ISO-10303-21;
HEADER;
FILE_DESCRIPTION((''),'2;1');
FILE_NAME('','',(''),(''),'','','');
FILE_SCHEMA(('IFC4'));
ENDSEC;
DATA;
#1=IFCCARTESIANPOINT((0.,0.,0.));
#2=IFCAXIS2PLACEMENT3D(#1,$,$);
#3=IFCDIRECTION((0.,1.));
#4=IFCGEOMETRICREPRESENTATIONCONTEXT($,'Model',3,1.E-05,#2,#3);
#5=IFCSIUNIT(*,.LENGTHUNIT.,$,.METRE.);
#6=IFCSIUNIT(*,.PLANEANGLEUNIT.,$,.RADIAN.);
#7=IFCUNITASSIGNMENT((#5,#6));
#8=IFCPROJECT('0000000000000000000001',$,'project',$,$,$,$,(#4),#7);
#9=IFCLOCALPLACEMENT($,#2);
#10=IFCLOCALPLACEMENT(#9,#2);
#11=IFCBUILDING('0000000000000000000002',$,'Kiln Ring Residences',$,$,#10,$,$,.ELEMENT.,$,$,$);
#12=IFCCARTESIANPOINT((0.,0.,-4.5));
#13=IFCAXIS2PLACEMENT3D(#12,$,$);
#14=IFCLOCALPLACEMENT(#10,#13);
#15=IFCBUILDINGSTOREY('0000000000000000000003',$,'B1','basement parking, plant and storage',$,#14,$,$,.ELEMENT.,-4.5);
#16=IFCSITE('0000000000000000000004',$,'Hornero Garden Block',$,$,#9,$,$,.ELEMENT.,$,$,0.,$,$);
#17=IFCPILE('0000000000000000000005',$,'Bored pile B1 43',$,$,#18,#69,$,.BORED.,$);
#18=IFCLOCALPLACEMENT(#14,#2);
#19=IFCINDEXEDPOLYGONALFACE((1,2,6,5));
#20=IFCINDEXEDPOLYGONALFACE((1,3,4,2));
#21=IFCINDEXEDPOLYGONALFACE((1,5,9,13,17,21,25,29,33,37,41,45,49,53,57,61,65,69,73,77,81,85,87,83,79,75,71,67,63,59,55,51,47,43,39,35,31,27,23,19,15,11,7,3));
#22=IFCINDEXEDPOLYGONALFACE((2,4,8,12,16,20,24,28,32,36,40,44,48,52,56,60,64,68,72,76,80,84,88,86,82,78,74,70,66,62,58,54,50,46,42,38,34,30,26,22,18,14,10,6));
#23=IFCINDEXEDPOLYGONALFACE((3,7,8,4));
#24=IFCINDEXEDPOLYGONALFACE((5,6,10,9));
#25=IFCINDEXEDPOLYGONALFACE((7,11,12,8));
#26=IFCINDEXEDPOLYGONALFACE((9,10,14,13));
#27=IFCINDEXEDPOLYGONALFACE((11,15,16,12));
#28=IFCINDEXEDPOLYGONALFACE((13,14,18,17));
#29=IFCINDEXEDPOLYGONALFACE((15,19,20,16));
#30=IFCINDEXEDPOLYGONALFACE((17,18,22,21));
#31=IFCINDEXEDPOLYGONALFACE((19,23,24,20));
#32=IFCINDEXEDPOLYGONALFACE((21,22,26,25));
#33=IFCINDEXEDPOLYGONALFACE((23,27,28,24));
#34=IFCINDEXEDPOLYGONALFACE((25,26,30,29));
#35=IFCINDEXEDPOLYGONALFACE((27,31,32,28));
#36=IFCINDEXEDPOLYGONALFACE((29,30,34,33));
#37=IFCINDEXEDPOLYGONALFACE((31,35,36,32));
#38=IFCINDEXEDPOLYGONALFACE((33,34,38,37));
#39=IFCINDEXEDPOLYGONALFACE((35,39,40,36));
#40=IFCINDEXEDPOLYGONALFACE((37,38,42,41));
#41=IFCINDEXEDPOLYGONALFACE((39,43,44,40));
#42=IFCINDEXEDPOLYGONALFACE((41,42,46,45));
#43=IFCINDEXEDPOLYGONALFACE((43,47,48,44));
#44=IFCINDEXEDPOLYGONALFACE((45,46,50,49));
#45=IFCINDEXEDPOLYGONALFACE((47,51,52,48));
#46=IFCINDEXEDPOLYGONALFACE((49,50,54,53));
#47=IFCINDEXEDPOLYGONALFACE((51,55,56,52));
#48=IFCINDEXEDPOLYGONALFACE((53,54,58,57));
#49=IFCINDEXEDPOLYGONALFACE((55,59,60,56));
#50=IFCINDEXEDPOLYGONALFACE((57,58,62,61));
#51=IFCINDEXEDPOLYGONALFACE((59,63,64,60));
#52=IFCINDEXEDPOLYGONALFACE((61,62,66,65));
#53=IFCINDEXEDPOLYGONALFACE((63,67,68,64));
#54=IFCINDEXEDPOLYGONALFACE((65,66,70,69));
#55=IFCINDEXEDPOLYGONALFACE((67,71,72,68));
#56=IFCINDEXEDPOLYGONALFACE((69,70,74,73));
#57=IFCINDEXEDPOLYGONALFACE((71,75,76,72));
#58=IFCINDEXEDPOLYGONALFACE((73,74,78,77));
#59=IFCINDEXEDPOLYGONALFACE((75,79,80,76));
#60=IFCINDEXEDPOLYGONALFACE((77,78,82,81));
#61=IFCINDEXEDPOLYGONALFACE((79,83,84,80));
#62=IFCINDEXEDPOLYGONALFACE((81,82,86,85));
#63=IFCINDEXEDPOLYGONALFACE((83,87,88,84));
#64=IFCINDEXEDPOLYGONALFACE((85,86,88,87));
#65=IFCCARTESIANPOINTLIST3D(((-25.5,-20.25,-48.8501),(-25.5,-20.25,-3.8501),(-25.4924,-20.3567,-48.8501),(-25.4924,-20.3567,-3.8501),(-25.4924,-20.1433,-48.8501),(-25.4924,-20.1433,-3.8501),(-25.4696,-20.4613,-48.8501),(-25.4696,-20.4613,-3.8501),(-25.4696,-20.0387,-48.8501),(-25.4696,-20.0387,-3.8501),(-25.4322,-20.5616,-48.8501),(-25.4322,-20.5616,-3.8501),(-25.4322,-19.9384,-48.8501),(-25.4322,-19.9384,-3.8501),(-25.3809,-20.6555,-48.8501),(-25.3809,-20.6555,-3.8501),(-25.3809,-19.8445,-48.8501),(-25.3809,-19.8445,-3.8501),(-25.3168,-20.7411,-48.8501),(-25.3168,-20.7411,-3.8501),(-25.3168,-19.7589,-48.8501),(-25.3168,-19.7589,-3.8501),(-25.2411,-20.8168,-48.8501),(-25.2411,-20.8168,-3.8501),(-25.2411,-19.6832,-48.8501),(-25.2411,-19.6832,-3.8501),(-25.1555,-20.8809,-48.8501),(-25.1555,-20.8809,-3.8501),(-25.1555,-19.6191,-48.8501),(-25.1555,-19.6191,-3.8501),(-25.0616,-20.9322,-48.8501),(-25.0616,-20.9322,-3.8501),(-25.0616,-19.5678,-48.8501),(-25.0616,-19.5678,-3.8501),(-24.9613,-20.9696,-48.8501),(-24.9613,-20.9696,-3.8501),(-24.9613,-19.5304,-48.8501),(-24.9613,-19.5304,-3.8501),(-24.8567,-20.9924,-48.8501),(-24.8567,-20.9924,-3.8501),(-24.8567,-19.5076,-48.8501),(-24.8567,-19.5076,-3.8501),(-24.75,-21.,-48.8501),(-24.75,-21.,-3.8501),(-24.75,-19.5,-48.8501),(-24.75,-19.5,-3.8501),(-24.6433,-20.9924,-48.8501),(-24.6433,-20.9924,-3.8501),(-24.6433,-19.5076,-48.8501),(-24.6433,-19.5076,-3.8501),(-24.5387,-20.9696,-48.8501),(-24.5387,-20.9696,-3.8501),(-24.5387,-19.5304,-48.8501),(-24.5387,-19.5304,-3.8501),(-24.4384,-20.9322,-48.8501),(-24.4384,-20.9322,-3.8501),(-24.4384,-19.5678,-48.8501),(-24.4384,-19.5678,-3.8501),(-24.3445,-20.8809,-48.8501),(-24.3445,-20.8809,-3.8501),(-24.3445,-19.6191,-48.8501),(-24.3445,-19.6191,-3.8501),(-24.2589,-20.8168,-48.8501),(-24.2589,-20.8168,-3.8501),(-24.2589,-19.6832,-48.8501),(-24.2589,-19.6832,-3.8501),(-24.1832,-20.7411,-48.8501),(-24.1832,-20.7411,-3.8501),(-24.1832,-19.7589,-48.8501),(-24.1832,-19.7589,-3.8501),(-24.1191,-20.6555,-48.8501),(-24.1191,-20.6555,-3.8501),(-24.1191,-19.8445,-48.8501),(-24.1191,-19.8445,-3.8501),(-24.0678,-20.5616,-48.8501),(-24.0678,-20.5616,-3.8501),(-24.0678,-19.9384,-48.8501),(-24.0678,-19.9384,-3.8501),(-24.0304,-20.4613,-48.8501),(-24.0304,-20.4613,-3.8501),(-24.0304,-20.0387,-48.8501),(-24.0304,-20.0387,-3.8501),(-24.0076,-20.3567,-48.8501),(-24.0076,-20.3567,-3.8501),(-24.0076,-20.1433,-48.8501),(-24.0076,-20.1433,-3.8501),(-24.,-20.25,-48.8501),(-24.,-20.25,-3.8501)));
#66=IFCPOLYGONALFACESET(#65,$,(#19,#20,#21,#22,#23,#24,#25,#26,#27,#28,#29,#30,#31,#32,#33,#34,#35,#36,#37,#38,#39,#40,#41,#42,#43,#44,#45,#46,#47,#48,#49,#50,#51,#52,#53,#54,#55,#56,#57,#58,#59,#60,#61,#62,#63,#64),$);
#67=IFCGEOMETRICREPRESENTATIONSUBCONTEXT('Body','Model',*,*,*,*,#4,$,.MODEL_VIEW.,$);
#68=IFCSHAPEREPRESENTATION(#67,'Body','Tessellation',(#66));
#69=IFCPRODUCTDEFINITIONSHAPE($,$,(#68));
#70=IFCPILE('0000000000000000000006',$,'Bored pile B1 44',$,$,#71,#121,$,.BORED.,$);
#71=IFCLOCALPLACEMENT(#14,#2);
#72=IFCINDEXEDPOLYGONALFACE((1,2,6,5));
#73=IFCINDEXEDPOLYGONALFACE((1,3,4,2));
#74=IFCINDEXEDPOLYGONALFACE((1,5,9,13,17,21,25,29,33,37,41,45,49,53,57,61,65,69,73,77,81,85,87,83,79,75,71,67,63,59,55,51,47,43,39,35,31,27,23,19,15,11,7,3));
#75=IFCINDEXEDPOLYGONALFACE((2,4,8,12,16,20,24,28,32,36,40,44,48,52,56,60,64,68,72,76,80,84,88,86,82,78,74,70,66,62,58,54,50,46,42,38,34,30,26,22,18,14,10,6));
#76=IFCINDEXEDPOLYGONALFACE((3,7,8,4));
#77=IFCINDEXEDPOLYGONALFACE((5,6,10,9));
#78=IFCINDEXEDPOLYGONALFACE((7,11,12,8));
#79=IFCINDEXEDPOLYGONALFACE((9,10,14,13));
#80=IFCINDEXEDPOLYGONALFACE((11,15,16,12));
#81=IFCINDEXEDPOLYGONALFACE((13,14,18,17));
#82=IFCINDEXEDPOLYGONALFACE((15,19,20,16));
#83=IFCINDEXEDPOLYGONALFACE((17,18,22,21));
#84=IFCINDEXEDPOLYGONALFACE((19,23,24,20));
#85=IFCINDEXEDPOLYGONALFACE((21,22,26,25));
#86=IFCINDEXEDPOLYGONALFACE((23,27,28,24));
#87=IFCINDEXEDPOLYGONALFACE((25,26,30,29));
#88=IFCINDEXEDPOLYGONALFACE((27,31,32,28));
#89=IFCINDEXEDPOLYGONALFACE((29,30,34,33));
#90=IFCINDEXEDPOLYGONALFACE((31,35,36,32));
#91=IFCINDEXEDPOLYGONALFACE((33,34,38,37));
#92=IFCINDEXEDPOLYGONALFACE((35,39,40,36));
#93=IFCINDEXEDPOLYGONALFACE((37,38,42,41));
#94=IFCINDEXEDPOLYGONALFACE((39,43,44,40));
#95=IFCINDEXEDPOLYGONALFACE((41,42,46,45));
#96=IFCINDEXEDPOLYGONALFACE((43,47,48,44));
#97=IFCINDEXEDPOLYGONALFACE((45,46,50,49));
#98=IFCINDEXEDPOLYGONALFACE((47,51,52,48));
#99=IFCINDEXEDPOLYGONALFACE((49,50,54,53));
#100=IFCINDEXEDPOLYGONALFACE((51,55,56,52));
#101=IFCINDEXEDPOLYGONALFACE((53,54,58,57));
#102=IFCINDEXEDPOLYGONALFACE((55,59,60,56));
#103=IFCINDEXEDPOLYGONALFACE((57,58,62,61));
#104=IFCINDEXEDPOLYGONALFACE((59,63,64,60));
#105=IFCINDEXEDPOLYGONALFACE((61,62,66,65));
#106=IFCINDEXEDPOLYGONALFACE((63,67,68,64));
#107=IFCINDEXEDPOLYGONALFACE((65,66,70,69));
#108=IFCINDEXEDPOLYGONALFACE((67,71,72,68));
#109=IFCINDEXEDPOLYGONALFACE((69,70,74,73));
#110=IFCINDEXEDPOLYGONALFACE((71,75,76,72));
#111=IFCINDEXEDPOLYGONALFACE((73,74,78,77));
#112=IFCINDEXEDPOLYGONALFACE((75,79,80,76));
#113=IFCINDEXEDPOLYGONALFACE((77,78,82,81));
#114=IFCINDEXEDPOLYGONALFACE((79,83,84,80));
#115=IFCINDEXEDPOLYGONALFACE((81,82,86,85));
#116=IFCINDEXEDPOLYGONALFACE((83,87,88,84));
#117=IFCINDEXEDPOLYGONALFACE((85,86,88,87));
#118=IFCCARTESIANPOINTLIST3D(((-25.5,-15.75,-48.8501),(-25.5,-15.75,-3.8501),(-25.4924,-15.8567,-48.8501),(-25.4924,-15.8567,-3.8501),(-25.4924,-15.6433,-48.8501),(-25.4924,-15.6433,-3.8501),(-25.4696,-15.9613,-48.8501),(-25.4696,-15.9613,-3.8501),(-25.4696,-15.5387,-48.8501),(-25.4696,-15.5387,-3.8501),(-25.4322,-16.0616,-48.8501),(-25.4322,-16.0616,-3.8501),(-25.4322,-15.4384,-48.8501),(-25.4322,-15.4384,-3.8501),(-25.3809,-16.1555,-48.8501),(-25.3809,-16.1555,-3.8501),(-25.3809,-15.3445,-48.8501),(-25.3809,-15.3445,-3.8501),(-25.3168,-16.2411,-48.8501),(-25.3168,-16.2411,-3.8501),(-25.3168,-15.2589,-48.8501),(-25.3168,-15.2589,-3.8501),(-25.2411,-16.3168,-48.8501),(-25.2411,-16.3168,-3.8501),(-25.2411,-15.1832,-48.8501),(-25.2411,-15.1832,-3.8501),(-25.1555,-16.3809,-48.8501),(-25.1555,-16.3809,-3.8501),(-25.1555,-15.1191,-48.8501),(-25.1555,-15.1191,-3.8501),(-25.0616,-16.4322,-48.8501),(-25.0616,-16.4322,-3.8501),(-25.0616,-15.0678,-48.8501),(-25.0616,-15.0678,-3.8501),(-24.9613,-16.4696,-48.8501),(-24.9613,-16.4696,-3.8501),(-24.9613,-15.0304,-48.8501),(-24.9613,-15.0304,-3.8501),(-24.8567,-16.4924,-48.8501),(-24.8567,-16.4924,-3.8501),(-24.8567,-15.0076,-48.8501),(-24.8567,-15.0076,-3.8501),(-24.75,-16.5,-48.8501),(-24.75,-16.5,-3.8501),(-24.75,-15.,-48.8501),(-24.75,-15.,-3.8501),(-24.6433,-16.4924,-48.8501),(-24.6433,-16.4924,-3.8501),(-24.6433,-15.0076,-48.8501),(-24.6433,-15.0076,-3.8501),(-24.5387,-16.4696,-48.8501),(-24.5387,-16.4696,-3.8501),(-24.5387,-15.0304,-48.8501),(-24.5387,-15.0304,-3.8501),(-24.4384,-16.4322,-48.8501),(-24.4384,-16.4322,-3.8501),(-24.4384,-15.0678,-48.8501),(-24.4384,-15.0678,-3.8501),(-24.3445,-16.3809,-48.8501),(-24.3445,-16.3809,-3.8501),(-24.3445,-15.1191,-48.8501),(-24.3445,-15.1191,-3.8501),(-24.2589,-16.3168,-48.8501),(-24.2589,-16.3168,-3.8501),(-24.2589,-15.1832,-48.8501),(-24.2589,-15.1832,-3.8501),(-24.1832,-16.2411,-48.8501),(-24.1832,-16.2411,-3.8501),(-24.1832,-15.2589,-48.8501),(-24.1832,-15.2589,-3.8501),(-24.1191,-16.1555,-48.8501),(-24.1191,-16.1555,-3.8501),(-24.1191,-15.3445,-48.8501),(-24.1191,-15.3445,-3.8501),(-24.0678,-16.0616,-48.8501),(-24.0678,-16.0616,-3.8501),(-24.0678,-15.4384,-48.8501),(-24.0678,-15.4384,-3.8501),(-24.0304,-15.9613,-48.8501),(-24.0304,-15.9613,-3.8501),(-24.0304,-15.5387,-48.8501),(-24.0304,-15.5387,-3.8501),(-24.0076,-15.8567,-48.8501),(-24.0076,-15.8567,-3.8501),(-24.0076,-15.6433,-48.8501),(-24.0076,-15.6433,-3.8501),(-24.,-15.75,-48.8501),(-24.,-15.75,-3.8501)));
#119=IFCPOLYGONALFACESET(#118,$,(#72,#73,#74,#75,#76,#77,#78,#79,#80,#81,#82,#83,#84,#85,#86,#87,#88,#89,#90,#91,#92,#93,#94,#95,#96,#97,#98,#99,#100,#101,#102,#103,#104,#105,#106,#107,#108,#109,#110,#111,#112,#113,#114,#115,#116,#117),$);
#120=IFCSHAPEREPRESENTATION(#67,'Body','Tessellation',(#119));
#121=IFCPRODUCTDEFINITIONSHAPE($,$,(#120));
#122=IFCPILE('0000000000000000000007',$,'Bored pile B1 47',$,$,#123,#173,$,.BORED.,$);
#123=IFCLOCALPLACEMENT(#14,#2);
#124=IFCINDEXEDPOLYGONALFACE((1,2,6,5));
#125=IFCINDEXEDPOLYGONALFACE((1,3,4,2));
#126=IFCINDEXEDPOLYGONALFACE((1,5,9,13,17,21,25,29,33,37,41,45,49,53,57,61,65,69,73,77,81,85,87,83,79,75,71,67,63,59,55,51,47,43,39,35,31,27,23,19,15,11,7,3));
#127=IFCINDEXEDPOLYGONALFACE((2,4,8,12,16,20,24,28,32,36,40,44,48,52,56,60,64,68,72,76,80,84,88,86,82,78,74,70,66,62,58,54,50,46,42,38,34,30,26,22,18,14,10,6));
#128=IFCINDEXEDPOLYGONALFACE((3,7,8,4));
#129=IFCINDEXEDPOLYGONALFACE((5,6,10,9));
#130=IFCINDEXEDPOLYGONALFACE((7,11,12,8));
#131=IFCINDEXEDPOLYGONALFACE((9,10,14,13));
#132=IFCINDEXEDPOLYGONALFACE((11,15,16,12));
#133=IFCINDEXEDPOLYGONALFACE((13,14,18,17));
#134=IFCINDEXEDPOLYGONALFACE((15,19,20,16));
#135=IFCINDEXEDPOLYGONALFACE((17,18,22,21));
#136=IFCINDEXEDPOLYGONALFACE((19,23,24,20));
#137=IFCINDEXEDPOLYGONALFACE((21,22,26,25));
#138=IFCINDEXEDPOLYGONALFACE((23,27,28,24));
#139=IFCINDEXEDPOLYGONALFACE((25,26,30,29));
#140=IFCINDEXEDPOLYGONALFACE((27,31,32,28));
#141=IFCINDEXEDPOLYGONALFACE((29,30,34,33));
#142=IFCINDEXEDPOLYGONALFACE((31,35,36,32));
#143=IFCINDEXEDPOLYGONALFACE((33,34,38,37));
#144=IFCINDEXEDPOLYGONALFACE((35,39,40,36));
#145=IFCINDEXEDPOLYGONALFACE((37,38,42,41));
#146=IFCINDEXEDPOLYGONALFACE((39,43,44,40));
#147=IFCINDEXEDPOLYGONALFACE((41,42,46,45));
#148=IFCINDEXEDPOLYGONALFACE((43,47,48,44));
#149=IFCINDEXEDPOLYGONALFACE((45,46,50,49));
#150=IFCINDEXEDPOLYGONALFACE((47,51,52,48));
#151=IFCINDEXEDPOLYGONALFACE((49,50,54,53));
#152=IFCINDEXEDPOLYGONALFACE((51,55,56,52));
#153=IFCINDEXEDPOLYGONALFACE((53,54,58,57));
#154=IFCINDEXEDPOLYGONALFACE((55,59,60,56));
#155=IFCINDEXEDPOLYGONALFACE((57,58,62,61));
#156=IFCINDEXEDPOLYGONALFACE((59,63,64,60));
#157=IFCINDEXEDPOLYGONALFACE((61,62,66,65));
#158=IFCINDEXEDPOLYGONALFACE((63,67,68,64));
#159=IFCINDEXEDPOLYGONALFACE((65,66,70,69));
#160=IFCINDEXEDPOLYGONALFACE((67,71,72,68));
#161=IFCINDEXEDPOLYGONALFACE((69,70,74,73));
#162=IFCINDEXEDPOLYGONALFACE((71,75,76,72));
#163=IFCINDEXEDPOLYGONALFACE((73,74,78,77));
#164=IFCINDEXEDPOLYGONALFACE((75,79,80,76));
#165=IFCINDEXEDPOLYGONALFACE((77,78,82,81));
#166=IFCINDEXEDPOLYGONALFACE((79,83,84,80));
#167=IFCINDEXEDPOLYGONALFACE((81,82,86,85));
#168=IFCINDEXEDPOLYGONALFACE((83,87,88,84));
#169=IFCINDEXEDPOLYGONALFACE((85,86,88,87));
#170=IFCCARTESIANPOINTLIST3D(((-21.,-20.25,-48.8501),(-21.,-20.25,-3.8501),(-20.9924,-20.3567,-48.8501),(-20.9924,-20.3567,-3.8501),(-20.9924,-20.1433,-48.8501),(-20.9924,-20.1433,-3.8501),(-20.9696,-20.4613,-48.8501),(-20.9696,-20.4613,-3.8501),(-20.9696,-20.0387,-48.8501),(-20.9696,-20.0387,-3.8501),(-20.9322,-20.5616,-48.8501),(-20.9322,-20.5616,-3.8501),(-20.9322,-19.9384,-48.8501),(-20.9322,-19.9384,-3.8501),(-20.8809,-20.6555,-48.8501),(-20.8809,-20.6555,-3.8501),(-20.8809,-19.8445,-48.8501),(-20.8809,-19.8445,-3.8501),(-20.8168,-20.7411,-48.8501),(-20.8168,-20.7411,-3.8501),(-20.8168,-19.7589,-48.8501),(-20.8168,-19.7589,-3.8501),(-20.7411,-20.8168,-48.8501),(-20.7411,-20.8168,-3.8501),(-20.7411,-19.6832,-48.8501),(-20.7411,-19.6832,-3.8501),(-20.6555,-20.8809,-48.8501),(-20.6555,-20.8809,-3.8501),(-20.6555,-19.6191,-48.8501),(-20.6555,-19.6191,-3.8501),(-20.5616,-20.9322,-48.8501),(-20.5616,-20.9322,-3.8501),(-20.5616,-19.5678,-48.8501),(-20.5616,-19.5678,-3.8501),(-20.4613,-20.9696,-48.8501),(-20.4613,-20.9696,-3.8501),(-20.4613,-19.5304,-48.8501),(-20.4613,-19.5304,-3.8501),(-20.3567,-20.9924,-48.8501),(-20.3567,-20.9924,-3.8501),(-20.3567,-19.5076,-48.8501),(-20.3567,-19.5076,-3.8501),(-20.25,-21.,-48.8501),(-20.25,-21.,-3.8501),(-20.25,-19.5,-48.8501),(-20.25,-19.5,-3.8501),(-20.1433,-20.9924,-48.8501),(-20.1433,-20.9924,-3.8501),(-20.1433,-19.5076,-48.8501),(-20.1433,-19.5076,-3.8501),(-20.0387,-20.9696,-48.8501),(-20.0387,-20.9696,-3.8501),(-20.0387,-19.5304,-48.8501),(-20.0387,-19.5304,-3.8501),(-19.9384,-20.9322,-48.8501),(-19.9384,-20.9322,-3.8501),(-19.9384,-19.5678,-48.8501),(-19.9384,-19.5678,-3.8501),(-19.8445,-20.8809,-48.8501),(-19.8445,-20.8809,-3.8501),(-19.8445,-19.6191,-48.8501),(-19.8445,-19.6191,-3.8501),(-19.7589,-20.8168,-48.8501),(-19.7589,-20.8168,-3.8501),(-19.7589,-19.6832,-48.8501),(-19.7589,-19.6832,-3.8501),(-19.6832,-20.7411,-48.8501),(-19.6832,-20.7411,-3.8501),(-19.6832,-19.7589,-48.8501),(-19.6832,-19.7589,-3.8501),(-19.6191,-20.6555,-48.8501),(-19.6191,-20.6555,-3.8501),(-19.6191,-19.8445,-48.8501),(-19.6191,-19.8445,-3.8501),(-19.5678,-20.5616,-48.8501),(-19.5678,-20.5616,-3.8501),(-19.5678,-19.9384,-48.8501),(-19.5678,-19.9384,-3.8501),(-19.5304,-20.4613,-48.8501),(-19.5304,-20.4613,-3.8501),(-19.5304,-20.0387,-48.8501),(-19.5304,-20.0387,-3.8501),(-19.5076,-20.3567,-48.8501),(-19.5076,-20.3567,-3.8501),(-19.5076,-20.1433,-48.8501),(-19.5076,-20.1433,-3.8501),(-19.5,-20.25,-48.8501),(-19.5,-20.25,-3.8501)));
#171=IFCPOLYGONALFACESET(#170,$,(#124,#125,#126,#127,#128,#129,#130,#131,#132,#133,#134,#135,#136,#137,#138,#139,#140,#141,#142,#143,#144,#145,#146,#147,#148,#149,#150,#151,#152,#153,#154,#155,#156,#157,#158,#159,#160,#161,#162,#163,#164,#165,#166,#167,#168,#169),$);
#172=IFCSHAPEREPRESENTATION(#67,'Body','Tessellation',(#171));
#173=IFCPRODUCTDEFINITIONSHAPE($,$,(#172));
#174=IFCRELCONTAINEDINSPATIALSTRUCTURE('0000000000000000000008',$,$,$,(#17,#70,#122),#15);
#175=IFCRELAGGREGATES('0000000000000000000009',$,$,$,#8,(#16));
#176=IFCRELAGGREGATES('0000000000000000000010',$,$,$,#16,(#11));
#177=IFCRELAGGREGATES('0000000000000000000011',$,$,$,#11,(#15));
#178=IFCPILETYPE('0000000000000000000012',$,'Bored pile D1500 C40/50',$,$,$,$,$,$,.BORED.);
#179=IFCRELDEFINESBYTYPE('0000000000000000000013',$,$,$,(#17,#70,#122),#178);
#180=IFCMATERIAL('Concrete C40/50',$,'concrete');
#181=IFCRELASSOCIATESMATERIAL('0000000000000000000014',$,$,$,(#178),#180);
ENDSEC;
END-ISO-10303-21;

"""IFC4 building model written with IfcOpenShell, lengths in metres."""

from ifc_helpers import new_model, si_unit, direction, frame, origin, origin_2d, place, context, subcontext, project, spatial, circle, extrude, material, material_profile, profile_set, type_object, element, save


model = new_model("IFC4")

# Units and contexts
model_context = context("Model", 3, precision=1e-05, world=origin(), true_north=direction((0.0, 1.0)))
body_context = subcontext(model_context, "Body", "Model", "MODEL_VIEW")
ifc_project = project(units=[si_unit("LENGTHUNIT", "METRE"), si_unit("PLANEANGLEUNIT", "RADIAN")], contexts=[model_context])

# Site, building, storey
site_placement = place(None, origin())
site = spatial("IfcSite", under=ifc_project, at=site_placement, Name="Hornero Garden Block", CompositionType="ELEMENT", RefElevation=0.0)
building_placement = place(site_placement, origin())
building = spatial("IfcBuilding", under=site, at=building_placement, Name="Kiln Ring Residences", CompositionType="ELEMENT")
storey_placement = place(building_placement, frame((0.0, 0.0, -4.5)))
storey = spatial("IfcBuildingStorey", under=building, at=storey_placement, Name="B1", Description="basement parking, plant and storage", CompositionType="ELEMENT", Elevation=-4.5)

# Piles
ifc_material_1 = material(Name="Concrete C40/50", Category="concrete")
ifc_material_profile_1 = material_profile(ifc_material_1, circle(Radius=0.75, at=origin_2d()), Name="BORED1500")
ifc_profile_set_1 = profile_set([ifc_material_profile_1], Name="Concrete C40/50")
pile_type = type_object("IfcPileType", Name="Bored pile D1500 C40/50", PredefinedType="BORED", material=ifc_profile_set_1)
for number, where, z_axis, x_axis, name in (
    (1, (-24.75, -20.25, -3.8501), (0.0, 0.0, -1.0), (1.0, 0.0, 0.0), "Bored pile B1 43"),
    (2, (-24.75, -15.75, -3.8501), (0.0, 0.0, -1.0), (1.0, 0.0, 0.0), "Bored pile B1 44"),
    (3, (-20.25, -20.25, -3.8501), (0.0, 0.0, -1.0), (1.0, 0.0, 0.0), "Bored pile B1 47"),
):
    element("IfcPile", number, at=place(storey_placement, frame(where, z_axis=z_axis, x_axis=x_axis)), inside=storey, type_object=pile_type, Name=name, PredefinedType="BORED", context=body_context, shape_type="SweptSolid", body=[
        extrude(circle(Radius=0.75, at=origin_2d()), origin(), (0.0, 0.0, 1.0), 45.0),
    ])

save(model, "model.ifc")
